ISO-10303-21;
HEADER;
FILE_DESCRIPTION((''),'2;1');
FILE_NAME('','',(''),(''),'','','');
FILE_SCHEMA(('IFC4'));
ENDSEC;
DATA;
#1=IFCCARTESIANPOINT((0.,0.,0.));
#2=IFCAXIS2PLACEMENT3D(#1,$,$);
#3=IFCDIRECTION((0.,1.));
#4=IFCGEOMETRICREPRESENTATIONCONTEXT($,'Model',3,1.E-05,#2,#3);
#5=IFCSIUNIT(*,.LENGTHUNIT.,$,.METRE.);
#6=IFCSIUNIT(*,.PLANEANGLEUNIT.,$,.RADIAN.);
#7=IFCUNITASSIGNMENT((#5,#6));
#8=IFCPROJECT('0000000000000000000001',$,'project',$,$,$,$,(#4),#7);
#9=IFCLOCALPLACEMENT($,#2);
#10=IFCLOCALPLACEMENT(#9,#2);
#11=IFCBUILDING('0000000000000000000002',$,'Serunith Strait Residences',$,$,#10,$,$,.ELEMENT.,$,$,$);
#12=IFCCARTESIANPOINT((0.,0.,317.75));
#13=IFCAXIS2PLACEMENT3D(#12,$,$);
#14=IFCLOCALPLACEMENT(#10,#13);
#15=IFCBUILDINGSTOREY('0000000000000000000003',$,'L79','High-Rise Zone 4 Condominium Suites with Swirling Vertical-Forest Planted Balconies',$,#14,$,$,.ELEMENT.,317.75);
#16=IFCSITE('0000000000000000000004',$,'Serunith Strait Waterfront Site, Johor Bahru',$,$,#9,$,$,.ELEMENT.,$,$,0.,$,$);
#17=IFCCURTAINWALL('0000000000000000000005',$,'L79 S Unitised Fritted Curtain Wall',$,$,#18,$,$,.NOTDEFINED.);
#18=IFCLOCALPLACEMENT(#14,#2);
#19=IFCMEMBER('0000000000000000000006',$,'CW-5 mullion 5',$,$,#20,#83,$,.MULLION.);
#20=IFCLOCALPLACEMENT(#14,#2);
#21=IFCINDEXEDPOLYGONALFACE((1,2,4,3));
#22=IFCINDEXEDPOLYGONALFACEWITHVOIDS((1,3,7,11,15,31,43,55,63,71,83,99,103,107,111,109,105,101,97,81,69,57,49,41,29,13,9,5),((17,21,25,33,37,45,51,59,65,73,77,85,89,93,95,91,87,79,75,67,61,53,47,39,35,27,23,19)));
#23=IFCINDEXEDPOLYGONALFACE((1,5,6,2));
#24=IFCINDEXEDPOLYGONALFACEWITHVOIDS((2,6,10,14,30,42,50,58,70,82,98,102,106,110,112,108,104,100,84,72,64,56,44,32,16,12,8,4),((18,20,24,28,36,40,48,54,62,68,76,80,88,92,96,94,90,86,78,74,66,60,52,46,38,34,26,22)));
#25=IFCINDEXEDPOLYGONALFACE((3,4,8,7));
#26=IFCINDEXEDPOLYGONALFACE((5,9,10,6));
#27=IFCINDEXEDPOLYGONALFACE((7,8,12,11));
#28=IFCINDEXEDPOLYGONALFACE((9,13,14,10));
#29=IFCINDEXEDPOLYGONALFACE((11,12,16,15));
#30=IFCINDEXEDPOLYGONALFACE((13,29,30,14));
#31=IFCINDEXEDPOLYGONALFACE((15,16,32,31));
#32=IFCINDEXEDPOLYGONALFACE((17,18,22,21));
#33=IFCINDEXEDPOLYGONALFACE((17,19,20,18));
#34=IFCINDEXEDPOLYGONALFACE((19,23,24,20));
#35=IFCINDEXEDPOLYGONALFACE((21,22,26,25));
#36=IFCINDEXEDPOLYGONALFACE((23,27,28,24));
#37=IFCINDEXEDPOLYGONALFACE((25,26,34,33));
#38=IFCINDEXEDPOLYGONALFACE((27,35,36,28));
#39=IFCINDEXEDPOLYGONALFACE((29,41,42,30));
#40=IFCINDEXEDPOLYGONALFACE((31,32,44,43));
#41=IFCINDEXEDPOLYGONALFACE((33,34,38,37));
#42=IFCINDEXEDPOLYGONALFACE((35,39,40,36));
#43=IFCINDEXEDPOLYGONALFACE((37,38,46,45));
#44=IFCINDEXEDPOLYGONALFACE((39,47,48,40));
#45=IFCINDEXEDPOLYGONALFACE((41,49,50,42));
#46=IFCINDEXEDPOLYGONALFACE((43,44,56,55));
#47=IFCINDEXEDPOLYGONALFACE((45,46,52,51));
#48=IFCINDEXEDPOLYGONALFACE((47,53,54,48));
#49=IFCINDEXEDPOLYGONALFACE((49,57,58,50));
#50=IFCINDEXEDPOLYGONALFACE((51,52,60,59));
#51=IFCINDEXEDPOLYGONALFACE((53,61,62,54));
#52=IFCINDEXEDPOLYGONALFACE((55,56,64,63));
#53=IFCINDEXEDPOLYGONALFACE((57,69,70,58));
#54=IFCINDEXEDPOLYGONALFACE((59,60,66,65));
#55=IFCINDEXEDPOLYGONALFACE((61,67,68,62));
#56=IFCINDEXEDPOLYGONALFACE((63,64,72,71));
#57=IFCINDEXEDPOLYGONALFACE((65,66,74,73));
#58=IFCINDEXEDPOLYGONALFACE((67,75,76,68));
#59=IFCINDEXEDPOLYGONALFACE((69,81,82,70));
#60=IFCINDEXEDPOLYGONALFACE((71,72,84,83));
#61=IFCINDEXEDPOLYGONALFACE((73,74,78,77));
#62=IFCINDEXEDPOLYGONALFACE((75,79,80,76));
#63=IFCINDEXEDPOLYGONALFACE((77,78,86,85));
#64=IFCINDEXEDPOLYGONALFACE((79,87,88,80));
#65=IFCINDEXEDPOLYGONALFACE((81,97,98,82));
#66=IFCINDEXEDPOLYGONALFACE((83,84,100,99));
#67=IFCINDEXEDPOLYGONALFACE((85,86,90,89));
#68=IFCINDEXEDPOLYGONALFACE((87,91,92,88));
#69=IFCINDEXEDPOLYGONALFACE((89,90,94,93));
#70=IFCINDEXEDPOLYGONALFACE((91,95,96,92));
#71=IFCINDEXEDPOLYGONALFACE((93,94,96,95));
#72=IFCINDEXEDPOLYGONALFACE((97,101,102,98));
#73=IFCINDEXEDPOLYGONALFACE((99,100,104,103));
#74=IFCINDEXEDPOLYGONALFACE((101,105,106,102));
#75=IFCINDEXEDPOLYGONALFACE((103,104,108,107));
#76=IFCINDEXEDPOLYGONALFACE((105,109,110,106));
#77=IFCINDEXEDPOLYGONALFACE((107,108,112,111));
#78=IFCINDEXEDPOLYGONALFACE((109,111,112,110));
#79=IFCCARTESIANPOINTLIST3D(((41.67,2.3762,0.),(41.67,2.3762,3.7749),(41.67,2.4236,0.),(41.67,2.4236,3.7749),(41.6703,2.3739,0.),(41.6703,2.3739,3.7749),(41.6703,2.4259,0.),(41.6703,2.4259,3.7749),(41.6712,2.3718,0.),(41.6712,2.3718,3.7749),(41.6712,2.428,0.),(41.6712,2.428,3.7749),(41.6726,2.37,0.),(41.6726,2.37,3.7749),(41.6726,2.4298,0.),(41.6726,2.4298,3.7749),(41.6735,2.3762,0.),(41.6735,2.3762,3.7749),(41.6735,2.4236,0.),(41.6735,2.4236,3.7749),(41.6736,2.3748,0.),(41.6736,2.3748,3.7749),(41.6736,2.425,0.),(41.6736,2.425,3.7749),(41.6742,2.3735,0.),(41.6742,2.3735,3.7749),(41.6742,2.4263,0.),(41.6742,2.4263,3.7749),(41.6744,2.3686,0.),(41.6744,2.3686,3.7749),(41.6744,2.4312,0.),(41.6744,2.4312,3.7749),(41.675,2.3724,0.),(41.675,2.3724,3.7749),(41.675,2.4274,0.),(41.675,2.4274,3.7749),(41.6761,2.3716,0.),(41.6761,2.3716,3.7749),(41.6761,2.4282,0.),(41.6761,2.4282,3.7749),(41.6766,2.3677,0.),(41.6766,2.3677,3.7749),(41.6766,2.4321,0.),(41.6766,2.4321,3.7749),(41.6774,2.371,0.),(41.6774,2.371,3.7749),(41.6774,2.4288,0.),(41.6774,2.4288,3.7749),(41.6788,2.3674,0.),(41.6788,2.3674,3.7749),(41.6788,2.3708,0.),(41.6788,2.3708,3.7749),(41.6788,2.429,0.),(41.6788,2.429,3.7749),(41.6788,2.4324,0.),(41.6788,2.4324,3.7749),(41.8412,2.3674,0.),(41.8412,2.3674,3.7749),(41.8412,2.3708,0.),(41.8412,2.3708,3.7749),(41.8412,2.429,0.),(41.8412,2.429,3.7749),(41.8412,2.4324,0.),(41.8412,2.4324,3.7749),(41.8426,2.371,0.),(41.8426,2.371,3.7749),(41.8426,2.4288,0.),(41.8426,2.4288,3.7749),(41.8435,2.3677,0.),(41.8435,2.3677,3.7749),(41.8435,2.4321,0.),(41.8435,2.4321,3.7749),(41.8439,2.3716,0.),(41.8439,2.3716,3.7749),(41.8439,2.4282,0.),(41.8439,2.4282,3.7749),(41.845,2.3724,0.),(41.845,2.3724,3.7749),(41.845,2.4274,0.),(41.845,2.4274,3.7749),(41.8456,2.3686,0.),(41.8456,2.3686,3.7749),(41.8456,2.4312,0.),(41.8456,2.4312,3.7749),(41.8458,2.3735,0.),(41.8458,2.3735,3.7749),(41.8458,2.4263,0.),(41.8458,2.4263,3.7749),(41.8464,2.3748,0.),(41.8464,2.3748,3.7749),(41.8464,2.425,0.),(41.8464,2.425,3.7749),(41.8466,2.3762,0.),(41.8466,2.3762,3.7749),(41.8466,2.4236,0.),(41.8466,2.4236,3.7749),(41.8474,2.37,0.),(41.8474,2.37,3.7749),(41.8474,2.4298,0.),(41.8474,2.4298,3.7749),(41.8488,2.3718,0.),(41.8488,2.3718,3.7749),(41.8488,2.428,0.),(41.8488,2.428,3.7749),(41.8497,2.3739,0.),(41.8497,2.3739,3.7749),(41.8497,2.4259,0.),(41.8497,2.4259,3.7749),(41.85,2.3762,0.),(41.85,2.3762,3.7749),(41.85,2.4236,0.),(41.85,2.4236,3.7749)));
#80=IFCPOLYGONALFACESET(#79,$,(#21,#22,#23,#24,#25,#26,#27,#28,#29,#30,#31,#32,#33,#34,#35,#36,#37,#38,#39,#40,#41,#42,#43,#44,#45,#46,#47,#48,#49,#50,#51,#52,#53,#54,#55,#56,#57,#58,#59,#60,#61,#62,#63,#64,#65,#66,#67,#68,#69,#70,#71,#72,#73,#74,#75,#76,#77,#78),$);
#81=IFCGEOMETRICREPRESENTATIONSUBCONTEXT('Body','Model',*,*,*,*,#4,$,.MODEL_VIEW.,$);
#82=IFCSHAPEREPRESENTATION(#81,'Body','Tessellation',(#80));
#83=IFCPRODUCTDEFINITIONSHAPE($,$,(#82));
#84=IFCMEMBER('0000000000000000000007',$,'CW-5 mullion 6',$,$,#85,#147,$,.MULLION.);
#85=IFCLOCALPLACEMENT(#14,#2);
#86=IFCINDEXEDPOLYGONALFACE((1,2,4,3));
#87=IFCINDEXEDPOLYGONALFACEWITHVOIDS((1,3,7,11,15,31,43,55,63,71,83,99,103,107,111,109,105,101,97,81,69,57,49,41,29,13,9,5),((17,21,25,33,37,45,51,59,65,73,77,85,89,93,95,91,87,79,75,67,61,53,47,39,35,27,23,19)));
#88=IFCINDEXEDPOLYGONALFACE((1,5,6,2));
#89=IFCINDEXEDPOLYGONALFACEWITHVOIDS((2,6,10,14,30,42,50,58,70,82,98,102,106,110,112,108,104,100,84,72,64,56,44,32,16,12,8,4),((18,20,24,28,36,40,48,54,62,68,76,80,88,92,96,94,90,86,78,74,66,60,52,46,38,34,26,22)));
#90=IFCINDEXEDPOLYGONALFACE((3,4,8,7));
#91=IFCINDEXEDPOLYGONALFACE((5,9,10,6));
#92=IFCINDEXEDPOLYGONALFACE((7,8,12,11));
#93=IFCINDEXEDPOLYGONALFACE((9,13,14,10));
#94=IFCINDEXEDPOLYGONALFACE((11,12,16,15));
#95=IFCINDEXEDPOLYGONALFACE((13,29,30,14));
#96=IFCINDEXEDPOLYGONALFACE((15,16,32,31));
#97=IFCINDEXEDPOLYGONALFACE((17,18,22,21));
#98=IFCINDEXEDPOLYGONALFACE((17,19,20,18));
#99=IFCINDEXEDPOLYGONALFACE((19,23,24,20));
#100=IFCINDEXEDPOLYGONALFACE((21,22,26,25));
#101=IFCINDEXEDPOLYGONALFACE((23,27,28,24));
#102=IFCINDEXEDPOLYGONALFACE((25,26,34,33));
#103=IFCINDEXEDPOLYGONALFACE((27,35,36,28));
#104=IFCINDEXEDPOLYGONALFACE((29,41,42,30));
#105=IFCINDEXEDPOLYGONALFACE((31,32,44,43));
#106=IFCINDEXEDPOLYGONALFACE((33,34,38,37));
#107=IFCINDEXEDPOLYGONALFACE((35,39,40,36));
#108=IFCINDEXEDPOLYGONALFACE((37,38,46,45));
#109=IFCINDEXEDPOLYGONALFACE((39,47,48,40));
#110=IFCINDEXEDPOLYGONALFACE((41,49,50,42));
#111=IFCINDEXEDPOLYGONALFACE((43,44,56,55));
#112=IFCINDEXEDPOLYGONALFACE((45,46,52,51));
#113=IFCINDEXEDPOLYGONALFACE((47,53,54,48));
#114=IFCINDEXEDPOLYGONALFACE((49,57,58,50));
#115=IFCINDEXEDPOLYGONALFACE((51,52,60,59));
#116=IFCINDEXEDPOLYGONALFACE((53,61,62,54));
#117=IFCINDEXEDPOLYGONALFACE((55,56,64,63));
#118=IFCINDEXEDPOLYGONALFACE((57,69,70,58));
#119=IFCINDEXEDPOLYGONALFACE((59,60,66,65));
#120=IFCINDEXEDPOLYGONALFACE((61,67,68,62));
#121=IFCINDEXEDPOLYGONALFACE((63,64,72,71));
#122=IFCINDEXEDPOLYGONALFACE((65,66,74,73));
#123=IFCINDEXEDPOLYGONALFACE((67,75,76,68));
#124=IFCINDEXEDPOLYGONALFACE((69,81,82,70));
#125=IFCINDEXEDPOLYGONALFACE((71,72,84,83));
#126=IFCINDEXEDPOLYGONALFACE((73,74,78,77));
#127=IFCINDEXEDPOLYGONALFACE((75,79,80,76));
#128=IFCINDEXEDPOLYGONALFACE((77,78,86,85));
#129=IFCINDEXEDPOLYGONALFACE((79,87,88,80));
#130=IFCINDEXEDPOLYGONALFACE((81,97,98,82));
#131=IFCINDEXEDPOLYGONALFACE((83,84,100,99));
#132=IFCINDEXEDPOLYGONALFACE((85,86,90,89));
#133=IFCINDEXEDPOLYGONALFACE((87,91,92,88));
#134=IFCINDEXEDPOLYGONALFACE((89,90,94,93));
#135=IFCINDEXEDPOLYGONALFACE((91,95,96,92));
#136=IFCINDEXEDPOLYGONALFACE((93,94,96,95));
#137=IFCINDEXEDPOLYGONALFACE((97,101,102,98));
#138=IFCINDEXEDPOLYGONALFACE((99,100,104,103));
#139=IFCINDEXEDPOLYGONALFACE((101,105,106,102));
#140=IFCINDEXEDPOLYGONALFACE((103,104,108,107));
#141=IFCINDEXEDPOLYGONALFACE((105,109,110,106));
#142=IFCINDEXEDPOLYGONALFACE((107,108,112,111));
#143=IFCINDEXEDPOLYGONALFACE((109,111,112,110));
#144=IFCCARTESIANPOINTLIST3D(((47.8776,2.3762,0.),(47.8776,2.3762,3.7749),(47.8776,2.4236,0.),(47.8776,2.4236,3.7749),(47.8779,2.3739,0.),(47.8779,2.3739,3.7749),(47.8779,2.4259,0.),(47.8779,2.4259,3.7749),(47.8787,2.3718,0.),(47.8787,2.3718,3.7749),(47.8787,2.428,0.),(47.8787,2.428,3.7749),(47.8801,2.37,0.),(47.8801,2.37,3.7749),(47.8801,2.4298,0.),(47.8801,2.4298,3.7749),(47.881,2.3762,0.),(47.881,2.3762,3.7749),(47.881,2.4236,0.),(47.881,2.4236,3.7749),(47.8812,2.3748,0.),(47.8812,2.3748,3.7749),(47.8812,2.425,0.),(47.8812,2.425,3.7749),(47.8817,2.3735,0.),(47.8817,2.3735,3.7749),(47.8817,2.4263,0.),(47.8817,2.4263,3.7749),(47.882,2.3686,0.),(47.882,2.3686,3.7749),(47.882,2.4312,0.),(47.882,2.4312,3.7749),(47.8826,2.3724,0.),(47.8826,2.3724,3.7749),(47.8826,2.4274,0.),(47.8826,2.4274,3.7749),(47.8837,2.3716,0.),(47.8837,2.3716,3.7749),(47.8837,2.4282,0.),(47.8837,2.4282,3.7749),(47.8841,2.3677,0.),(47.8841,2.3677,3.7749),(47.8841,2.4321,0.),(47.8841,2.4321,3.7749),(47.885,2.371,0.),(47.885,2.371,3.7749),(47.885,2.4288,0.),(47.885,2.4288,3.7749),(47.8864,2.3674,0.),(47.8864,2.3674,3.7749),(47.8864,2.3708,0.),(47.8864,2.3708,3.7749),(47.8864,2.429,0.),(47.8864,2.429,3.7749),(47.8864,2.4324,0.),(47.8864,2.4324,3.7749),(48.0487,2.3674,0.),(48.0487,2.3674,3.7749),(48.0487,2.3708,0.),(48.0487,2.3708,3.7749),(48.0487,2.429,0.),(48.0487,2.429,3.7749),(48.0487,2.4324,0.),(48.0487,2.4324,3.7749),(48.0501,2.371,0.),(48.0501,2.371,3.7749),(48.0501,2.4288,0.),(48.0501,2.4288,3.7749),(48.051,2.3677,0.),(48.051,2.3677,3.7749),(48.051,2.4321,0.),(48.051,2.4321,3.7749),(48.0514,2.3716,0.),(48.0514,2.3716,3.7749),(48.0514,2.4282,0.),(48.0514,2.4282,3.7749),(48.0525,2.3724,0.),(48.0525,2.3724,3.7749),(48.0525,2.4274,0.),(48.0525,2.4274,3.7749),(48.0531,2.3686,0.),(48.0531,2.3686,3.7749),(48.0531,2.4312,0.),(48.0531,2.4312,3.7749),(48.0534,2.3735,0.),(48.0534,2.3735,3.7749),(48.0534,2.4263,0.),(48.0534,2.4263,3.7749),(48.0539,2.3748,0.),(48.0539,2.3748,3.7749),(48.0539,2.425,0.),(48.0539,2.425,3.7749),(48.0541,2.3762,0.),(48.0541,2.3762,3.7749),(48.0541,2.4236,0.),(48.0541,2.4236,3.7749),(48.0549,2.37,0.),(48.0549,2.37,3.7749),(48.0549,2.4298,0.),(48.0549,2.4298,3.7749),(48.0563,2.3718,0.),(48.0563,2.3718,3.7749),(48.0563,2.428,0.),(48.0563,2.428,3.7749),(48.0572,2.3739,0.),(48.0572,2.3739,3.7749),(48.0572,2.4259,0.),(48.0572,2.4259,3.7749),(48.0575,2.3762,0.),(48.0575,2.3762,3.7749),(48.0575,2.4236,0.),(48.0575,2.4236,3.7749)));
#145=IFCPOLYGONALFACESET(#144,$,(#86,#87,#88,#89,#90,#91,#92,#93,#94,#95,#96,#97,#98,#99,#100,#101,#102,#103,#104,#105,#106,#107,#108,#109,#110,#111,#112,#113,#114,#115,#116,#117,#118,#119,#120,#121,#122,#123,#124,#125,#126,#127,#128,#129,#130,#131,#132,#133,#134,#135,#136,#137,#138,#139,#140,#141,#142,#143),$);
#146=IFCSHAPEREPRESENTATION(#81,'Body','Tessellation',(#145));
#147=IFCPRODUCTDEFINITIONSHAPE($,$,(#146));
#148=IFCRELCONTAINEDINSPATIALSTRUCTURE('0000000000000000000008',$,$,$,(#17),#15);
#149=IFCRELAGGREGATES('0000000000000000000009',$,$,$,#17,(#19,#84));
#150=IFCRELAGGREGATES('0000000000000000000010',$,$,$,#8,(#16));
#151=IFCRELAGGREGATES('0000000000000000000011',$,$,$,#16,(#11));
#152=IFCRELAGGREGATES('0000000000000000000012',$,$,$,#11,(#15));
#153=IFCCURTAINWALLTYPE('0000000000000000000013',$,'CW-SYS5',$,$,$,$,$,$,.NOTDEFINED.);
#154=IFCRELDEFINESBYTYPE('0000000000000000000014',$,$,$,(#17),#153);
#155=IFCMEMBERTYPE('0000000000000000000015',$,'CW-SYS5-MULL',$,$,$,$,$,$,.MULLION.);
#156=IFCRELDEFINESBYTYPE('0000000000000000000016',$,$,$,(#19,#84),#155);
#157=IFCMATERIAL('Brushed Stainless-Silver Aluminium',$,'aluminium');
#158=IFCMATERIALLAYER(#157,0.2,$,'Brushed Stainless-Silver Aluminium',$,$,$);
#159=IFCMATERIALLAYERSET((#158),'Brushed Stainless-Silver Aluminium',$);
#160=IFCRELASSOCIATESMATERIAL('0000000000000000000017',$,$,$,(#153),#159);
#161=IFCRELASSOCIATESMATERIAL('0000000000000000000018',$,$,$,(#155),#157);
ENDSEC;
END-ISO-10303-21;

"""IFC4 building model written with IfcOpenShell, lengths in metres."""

from ifc_helpers import new_model, si_unit, direction, frame, origin, origin_2d, place, context, subcontext, project, spatial, hollow_rectangle, extrude, source, transform, mapped, material, layer, layer_set, material_profile, profile_set, type_object, element, aggregate, save


model = new_model("IFC4")

# Units and contexts
model_context = context("Model", 3, precision=1e-05, world=origin(), true_north=direction((0.0, 1.0)))
body_context = subcontext(model_context, "Body", "Model", "MODEL_VIEW")
ifc_project = project(units=[si_unit("LENGTHUNIT", "METRE"), si_unit("PLANEANGLEUNIT", "RADIAN")], contexts=[model_context])

# Site, building, storey
site_placement = place(None, origin())
site = spatial("IfcSite", under=ifc_project, at=site_placement, Name="Serunith Strait Waterfront Site, Johor Bahru", CompositionType="ELEMENT", RefElevation=0.0)
building_placement = place(site_placement, origin())
building = spatial("IfcBuilding", under=site, at=building_placement, Name="Serunith Strait Residences", CompositionType="ELEMENT")
storey_placement = place(building_placement, frame((0.0, 0.0, 317.75)))
storey = spatial("IfcBuildingStorey", under=building, at=storey_placement, Name="L79", Description="High-Rise Zone 4 Condominium Suites with Swirling Vertical-Forest Planted Balconies", CompositionType="ELEMENT", Elevation=317.75)

# Curtain wall
ifc_material_1 = material(Name="Brushed Stainless-Silver Aluminium", Category="aluminium")
ifc_layer_1 = layer(ifc_material_1, 0.2, Name="Brushed Stainless-Silver Aluminium")
ifc_layer_set_1 = layer_set([ifc_layer_1], Name="Brushed Stainless-Silver Aluminium")
curtain_wall_type = type_object("IfcCurtainWallType", Name="CW-SYS5", PredefinedType="NOTDEFINED", material=ifc_layer_set_1)
curtain_wall_1_placement = place(storey_placement, origin())
curtain_wall_1 = element("IfcCurtainWall", 1, at=curtain_wall_1_placement, inside=storey, type_object=curtain_wall_type, Name="L79 S Unitised Fritted Curtain Wall", PredefinedType="NOTDEFINED")

# Members
ifc_material_profile_1 = material_profile(ifc_material_1, hollow_rectangle(XDim=0.0649, YDim=0.1799, WallThickness=0.0034, InnerFilletRadius=0.0054, OuterFilletRadius=0.0088, at=origin_2d()), Name="ALU 180x65x3.5")
ifc_profile_set_1 = profile_set([ifc_material_profile_1], Name="Brushed Stainless-Silver Aluminium")
member_type_1 = type_object("IfcMemberType", Name="CW-SYS5-MULL", PredefinedType="MULLION", material=ifc_profile_set_1)
shared_shape_1 = source(origin(), body_context, "Body", "SweptSolid", [
    extrude(hollow_rectangle(XDim=0.0649, YDim=0.1799, WallThickness=0.0034, InnerFilletRadius=0.0054, OuterFilletRadius=0.0088, at=origin_2d()), origin(), (0.0, 0.0, 1.0), 3.7749),
])
member_1_placement = place(storey_placement, frame((41.76, 2.3999, 0.0), z_axis=(0.0, 0.0, 1.0), x_axis=(0.0, 1.0, 0.0)))
member_1 = element("IfcMember", 2, at=member_1_placement, type_object=member_type_1, Name="CW-5 mullion 5", PredefinedType="MULLION", context=body_context, shape_type="MappedRepresentation", body=[
    mapped(shared_shape_1, transform((0.0, 0.0, 0.0), scale=1.0)),
])
member_2_placement = place(storey_placement, frame((47.9675, 2.3999, 0.0), z_axis=(0.0, 0.0, 1.0), x_axis=(0.0, 1.0, 0.0)))
member_2 = element("IfcMember", 3, at=member_2_placement, type_object=member_type_1, Name="CW-5 mullion 6", PredefinedType="MULLION", context=body_context, shape_type="MappedRepresentation", body=[
    mapped(shared_shape_1, transform((0.0, 0.0, 0.0), scale=1.0)),
])

aggregate(curtain_wall_1, [member_1, member_2])

save(model, "model.ifc")
